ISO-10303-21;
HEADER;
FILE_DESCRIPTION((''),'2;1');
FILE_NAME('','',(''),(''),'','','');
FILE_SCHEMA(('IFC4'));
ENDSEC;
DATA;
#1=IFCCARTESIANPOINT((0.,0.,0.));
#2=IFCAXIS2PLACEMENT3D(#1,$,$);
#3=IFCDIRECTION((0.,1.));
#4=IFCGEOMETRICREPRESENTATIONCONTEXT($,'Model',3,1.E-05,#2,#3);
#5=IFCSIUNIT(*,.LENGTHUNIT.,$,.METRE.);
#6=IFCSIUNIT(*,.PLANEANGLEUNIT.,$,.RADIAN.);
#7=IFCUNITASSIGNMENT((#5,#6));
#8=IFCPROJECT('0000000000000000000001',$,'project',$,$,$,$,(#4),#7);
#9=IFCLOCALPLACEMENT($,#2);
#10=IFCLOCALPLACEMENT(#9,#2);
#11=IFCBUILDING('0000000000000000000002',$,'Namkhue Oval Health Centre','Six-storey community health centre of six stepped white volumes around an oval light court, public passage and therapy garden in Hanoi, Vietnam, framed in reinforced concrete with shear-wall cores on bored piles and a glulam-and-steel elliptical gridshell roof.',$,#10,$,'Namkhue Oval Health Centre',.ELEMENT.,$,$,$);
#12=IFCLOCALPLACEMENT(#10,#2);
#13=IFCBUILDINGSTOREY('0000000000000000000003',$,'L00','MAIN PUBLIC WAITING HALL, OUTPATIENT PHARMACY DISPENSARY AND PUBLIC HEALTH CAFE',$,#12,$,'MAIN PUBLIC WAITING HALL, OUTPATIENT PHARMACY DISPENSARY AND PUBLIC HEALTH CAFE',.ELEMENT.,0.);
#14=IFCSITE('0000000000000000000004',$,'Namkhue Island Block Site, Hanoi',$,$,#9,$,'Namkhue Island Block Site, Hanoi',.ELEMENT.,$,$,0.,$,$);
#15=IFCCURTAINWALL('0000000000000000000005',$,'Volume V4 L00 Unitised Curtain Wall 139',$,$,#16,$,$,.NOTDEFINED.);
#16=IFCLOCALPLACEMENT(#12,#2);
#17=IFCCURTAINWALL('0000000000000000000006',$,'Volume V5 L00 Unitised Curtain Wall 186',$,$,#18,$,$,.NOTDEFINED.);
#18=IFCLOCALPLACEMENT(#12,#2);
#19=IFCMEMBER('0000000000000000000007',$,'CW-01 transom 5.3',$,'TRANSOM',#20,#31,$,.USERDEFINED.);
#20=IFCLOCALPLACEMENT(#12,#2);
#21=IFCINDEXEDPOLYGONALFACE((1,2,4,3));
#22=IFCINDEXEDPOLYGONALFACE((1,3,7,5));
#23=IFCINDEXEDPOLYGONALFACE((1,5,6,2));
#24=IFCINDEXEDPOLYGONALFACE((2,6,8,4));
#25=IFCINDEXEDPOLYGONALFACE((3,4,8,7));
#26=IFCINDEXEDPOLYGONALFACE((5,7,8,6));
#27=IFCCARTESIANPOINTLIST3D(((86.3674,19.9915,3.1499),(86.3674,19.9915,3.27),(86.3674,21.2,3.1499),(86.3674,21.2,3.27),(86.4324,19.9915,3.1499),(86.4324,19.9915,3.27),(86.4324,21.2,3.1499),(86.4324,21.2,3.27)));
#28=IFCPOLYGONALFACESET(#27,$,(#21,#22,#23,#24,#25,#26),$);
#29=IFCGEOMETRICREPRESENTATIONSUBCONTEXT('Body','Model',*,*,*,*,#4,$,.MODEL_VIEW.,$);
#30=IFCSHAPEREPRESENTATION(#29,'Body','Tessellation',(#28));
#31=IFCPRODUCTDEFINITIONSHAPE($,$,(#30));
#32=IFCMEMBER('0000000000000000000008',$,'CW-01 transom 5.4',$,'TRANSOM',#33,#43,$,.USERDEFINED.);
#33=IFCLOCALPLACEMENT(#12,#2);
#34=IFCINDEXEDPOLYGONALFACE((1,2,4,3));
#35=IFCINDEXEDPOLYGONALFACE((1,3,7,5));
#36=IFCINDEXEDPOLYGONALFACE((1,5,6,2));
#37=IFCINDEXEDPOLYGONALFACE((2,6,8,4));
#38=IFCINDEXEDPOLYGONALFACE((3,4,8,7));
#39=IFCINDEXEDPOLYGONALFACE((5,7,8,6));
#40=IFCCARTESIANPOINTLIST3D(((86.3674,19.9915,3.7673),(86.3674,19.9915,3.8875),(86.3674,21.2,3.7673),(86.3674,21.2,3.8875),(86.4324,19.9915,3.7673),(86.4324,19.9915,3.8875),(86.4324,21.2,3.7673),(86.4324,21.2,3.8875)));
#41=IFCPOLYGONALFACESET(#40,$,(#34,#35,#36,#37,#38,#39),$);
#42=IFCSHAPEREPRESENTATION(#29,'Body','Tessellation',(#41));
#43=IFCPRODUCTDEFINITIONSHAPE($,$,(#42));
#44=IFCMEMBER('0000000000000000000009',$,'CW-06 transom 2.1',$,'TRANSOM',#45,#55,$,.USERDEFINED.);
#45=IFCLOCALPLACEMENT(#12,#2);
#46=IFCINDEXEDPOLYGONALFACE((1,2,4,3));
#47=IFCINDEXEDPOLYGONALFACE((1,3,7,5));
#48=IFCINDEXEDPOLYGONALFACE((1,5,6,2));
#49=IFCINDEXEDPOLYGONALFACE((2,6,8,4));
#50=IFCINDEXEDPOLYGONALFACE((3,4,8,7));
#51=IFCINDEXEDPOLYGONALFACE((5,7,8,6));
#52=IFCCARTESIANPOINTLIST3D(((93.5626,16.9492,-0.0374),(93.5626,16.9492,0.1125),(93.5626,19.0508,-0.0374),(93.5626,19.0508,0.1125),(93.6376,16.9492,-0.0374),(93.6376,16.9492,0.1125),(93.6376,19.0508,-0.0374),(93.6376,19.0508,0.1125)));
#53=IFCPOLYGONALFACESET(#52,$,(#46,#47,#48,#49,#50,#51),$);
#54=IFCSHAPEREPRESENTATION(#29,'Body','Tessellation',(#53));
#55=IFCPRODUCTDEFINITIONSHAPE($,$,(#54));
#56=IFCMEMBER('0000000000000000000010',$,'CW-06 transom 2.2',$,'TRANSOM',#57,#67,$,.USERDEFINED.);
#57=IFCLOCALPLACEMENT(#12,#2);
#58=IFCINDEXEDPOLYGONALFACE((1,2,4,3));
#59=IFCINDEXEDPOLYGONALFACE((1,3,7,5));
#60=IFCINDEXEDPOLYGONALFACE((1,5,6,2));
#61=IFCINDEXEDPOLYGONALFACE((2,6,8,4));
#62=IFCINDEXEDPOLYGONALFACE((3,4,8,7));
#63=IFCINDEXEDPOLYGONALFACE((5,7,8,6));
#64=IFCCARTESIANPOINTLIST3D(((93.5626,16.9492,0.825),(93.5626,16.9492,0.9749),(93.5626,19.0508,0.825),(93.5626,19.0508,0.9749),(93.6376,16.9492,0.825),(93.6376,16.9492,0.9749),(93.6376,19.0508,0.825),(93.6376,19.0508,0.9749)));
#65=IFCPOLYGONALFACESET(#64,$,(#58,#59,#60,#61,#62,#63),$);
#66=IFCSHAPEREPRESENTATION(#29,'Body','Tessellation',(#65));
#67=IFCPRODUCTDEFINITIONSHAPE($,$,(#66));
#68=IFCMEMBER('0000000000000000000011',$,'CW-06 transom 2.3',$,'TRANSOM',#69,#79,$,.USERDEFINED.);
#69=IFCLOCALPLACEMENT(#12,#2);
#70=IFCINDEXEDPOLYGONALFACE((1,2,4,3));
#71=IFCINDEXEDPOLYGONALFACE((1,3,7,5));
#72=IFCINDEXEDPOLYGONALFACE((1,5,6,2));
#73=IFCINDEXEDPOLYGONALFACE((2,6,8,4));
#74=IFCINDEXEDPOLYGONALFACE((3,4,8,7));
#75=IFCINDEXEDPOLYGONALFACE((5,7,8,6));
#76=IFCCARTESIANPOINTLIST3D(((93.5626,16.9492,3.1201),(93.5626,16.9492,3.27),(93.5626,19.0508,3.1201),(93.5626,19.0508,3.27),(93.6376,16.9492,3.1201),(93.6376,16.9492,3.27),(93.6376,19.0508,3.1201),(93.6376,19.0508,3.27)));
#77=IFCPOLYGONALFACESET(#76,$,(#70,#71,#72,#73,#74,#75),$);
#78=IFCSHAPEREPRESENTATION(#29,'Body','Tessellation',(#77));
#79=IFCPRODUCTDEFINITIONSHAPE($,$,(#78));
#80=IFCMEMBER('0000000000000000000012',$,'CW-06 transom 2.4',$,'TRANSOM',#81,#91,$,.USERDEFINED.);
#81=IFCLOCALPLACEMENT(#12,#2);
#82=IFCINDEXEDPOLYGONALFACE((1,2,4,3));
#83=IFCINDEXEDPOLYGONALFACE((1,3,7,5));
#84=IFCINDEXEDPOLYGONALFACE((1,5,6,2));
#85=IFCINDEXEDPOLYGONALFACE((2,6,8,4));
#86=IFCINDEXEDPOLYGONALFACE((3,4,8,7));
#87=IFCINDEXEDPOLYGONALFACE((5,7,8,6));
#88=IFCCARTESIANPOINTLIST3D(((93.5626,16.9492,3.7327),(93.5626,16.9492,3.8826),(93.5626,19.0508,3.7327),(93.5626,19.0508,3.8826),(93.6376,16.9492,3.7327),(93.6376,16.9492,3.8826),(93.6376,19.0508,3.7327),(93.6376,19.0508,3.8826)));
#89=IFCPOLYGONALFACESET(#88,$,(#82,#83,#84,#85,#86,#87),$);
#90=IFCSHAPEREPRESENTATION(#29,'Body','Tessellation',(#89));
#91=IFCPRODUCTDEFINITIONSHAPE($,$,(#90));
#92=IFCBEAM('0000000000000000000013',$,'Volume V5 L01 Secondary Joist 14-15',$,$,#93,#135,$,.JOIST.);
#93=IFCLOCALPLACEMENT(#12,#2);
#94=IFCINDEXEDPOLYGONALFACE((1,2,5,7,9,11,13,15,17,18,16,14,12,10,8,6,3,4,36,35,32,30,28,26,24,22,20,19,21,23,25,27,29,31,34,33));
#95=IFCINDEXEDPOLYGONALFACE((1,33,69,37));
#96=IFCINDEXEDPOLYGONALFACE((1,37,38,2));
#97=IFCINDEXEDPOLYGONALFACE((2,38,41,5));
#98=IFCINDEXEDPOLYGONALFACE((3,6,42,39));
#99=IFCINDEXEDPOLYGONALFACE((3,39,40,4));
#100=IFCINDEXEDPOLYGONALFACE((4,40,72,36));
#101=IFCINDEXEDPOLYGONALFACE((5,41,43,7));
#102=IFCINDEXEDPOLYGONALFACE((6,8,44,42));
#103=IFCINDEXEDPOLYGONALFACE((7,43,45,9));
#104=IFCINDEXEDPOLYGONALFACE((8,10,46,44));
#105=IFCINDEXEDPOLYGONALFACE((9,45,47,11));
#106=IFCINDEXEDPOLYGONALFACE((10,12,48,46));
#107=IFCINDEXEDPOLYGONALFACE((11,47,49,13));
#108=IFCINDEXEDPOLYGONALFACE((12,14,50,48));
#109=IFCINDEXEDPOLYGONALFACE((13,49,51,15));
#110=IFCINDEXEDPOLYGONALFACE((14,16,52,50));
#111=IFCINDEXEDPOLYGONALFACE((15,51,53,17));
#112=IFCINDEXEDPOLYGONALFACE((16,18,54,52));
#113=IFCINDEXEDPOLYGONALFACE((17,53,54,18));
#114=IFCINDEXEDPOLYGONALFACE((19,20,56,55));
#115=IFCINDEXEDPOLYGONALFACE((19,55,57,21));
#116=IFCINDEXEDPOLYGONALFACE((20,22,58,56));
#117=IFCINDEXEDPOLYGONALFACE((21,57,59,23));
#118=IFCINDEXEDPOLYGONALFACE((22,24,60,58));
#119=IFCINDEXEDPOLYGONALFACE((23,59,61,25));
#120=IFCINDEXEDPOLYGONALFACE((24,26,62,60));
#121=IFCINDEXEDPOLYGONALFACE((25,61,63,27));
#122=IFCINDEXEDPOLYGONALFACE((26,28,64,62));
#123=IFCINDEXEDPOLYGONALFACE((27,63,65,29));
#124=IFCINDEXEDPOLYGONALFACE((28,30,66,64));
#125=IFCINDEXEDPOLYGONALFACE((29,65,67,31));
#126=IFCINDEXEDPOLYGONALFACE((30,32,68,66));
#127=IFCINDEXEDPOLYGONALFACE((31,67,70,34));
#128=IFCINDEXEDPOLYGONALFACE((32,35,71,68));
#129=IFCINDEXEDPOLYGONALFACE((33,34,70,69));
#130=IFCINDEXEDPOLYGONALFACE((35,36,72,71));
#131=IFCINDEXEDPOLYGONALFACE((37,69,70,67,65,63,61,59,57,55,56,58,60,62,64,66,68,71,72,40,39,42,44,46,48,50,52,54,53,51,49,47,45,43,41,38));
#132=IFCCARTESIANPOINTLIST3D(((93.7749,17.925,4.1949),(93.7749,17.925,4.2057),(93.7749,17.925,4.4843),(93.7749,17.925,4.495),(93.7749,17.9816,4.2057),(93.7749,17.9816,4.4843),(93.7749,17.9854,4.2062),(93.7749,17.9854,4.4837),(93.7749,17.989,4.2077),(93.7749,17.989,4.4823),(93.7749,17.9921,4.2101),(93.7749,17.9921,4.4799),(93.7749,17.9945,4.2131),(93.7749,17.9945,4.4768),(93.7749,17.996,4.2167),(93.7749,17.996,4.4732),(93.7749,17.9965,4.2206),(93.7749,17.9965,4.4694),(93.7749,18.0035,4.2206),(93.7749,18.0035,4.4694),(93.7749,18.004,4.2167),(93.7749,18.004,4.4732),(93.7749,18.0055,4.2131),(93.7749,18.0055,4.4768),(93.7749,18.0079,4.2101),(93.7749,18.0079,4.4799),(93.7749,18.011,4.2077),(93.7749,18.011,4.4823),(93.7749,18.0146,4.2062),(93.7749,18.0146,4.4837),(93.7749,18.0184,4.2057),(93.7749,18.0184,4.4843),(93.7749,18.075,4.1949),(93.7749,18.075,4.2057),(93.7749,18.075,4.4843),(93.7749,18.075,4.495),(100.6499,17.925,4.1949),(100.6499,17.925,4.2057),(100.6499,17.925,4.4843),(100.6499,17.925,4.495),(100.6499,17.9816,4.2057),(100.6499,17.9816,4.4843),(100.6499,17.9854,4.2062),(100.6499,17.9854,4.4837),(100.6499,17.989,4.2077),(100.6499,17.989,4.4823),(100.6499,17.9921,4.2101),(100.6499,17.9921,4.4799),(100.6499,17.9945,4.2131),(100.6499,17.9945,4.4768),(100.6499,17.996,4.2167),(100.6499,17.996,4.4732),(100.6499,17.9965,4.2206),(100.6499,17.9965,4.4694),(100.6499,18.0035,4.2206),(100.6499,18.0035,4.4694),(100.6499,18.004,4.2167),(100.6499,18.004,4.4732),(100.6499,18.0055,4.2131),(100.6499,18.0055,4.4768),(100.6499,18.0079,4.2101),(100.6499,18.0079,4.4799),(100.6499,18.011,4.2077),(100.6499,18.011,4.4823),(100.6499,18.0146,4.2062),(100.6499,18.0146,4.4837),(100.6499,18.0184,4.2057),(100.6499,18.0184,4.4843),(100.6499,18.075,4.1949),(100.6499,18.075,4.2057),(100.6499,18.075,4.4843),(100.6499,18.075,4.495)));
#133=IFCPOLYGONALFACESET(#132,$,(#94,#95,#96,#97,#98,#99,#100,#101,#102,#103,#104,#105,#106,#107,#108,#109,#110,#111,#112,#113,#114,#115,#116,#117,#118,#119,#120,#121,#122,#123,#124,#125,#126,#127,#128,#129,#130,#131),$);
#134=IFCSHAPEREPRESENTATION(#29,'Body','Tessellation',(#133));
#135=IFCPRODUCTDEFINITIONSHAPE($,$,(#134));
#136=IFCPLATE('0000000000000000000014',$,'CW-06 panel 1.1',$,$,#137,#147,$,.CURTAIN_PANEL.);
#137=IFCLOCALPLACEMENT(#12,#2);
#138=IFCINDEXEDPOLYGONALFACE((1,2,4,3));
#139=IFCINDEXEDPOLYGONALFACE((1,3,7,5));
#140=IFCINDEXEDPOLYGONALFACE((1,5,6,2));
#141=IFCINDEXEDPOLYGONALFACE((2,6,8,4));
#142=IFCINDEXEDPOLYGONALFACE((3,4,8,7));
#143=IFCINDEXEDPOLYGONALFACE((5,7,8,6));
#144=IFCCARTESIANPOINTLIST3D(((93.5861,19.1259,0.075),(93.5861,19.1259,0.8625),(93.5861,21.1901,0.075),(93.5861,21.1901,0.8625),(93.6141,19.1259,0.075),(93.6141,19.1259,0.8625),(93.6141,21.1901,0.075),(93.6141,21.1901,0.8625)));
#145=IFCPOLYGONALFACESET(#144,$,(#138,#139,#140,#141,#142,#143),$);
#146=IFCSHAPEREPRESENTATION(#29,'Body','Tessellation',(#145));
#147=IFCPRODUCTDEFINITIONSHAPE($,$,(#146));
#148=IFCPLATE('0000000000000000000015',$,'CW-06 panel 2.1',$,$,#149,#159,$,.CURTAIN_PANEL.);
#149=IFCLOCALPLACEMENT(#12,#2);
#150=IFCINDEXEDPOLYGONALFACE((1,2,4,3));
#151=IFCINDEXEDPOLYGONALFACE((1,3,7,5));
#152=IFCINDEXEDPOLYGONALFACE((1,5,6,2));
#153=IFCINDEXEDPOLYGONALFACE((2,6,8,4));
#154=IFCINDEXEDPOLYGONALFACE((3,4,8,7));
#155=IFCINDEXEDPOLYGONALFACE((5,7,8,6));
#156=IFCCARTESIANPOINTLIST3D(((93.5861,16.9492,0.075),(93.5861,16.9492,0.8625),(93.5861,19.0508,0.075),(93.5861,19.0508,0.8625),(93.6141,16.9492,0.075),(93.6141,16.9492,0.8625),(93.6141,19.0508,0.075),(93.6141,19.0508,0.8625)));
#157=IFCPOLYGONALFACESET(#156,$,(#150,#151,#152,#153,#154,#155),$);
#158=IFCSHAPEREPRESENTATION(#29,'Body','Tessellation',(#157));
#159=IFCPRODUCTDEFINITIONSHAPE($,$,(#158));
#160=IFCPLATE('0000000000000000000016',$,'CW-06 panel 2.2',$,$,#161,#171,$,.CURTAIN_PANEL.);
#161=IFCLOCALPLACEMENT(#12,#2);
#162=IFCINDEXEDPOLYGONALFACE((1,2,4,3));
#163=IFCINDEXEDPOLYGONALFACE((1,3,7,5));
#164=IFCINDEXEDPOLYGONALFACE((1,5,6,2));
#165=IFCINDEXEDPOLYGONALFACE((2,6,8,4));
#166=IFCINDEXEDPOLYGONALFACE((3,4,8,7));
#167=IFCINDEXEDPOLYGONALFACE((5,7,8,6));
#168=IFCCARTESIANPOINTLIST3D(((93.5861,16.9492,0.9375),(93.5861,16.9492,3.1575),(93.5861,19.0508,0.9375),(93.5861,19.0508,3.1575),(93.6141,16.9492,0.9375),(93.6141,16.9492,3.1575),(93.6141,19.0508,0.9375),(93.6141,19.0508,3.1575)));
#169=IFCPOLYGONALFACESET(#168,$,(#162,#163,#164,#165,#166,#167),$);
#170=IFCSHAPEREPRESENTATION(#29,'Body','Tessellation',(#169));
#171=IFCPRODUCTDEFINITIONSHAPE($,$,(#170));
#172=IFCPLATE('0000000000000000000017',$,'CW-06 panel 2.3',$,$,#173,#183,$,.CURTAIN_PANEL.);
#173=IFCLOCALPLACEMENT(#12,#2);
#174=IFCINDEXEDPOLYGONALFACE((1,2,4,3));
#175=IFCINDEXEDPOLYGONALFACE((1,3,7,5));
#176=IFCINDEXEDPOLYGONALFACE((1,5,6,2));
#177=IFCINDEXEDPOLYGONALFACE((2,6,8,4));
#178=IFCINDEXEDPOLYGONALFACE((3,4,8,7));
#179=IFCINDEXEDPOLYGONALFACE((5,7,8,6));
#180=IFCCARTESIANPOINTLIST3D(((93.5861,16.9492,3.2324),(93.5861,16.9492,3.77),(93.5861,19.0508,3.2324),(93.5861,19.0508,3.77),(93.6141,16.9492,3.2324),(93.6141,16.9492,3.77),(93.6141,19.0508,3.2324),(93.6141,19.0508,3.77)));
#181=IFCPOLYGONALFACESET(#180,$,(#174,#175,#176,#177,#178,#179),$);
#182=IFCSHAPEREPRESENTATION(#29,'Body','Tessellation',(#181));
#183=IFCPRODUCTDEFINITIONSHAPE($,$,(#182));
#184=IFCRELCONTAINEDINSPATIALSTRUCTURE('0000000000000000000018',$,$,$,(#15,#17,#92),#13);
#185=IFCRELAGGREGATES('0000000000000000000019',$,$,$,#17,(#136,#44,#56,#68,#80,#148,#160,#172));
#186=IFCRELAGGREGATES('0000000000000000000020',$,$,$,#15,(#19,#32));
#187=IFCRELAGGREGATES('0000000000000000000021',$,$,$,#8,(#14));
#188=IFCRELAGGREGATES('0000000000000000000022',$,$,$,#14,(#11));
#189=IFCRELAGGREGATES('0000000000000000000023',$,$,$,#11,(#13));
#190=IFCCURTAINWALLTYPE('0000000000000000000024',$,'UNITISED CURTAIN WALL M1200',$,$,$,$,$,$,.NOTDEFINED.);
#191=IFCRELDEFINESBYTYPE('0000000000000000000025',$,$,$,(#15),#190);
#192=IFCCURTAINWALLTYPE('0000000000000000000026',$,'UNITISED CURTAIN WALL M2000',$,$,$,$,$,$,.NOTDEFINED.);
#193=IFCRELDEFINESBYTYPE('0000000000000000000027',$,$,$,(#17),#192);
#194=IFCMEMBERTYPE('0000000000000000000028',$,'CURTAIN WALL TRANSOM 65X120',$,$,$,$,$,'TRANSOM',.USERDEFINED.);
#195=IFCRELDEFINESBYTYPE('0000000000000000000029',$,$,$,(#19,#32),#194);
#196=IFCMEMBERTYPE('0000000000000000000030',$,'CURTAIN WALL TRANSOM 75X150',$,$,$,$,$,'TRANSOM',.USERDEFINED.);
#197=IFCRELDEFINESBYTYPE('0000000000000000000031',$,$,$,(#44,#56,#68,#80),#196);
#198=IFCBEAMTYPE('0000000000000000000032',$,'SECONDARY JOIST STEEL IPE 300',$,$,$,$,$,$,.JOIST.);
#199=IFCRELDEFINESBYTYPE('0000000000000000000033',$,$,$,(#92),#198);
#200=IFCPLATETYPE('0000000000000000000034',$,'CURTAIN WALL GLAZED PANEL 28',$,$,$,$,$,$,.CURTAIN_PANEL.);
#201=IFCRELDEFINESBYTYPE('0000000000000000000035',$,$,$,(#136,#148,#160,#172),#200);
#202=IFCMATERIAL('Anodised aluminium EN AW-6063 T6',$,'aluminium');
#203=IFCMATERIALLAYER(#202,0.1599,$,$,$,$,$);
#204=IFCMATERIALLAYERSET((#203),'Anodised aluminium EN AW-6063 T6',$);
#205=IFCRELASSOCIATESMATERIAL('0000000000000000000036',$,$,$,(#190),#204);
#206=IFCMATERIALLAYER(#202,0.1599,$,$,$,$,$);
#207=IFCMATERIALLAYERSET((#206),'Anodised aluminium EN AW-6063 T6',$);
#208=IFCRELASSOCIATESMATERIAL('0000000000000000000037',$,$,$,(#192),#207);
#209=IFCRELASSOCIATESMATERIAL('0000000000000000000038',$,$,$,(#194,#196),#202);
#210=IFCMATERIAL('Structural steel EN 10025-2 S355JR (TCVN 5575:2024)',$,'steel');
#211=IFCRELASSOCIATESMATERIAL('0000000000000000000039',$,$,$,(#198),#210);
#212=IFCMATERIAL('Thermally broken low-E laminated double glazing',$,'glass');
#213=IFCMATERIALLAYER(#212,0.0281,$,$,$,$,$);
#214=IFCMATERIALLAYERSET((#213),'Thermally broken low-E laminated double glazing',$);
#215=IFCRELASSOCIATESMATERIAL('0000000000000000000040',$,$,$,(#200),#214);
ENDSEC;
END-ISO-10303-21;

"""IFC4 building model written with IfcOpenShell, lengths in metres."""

from ifc_helpers import new_model, si_unit, direction, frame, origin, origin_2d, place, context, subcontext, project, spatial, rectangle, i_section, extrude, material, layer, layer_set, material_profile, profile_set, type_object, element, aggregate, save


model = new_model("IFC4")

# Units and contexts
model_context = context("Model", 3, precision=1e-05, world=origin(), true_north=direction((0.0, 1.0)))
body_context = subcontext(model_context, "Body", "Model", "MODEL_VIEW")
ifc_project = project(units=[si_unit("LENGTHUNIT", "METRE"), si_unit("PLANEANGLEUNIT", "RADIAN")], contexts=[model_context])

# Site, building, storey
site_placement = place(None, origin())
site = spatial("IfcSite", under=ifc_project, at=site_placement, Name="Namkhue Island Block Site, Hanoi", LongName="Namkhue Island Block Site, Hanoi", CompositionType="ELEMENT", RefElevation=0.0)
building_placement = place(site_placement, origin())
building = spatial("IfcBuilding", under=site, at=building_placement, Name="Namkhue Oval Health Centre", Description="Six-storey community health centre of six stepped white volumes around an oval light court, public passage and therapy garden in Hanoi, Vietnam, framed in reinforced concrete with shear-wall cores on bored piles and a glulam-and-steel elliptical gridshell roof.", LongName="Namkhue Oval Health Centre", CompositionType="ELEMENT")
storey_placement = place(building_placement, origin())
storey = spatial("IfcBuildingStorey", under=building, at=storey_placement, Name="L00", Description="MAIN PUBLIC WAITING HALL, OUTPATIENT PHARMACY DISPENSARY AND PUBLIC HEALTH CAFE", LongName="MAIN PUBLIC WAITING HALL, OUTPATIENT PHARMACY DISPENSARY AND PUBLIC HEALTH CAFE", CompositionType="ELEMENT", Elevation=0.0)

# Curtain wall
ifc_material_1 = material(Name="Anodised aluminium EN AW-6063 T6", Category="aluminium")
ifc_layer_1 = layer(ifc_material_1, 0.1599)
ifc_layer_set_1 = layer_set([ifc_layer_1], Name="Anodised aluminium EN AW-6063 T6")
curtain_wall_type_1 = type_object("IfcCurtainWallType", Name="UNITISED CURTAIN WALL M1200", PredefinedType="NOTDEFINED", material=ifc_layer_set_1)
curtain_wall_1_placement = place(storey_placement, origin())
curtain_wall_1 = element("IfcCurtainWall", 1, at=curtain_wall_1_placement, inside=storey, type_object=curtain_wall_type_1, Name="Volume V4 L00 Unitised Curtain Wall 139", PredefinedType="NOTDEFINED")

# Curtain wall
ifc_layer_2 = layer(ifc_material_1, 0.1599)
ifc_layer_set_2 = layer_set([ifc_layer_2], Name="Anodised aluminium EN AW-6063 T6")
curtain_wall_type_2 = type_object("IfcCurtainWallType", Name="UNITISED CURTAIN WALL M2000", PredefinedType="NOTDEFINED", material=ifc_layer_set_2)
curtain_wall_2_placement = place(storey_placement, origin())
curtain_wall_2 = element("IfcCurtainWall", 2, at=curtain_wall_2_placement, inside=storey, type_object=curtain_wall_type_2, Name="Volume V5 L00 Unitised Curtain Wall 186", PredefinedType="NOTDEFINED")

# Members
ifc_material_profile_1 = material_profile(ifc_material_1, rectangle(XDim=0.0649, YDim=0.1201, at=origin_2d()), Name="ALU 65x120")
ifc_profile_set_1 = profile_set([ifc_material_profile_1], Name="Anodised aluminium EN AW-6063 T6")
member_type_1 = type_object("IfcMemberType", Name="CURTAIN WALL TRANSOM 65X120", ElementType="TRANSOM", PredefinedType="USERDEFINED", material=ifc_profile_set_1)
member_1_placement = place(storey_placement, frame((86.3999, 19.9915, 3.21), z_axis=(0.0, 1.0, 0.0), x_axis=(-1.0, 0.0, 0.0)))
member_1 = element("IfcMember", 3, at=member_1_placement, type_object=member_type_1, Name="CW-01 transom 5.3", ObjectType="TRANSOM", PredefinedType="USERDEFINED", context=body_context, shape_type="SweptSolid", body=[
    extrude(rectangle(XDim=0.0649, YDim=0.1201, at=origin_2d()), origin(), (0.0, 0.0, 1.0), 1.2085),
])
member_2_placement = place(storey_placement, frame((86.3999, 19.9915, 3.8274), z_axis=(0.0, 1.0, 0.0), x_axis=(-1.0, 0.0, 0.0)))
member_2 = element("IfcMember", 4, at=member_2_placement, type_object=member_type_1, Name="CW-01 transom 5.4", ObjectType="TRANSOM", PredefinedType="USERDEFINED", context=body_context, shape_type="SweptSolid", body=[
    extrude(rectangle(XDim=0.0649, YDim=0.1201, at=origin_2d()), origin(), (0.0, 0.0, 1.0), 1.2085),
])
ifc_material_profile_2 = material_profile(ifc_material_1, rectangle(XDim=0.075, YDim=0.1499, at=origin_2d()), Name="ALU 75x150")
ifc_profile_set_2 = profile_set([ifc_material_profile_2], Name="Anodised aluminium EN AW-6063 T6")
member_type_2 = type_object("IfcMemberType", Name="CURTAIN WALL TRANSOM 75X150", ElementType="TRANSOM", PredefinedType="USERDEFINED", material=ifc_profile_set_2)
member_3_placement = place(storey_placement, frame((93.6001, 19.0508, 0.0376), z_axis=(0.0, -1.0, 0.0), x_axis=(1.0, 0.0, 0.0)))
member_3 = element("IfcMember", 5, at=member_3_placement, type_object=member_type_2, Name="CW-06 transom 2.1", ObjectType="TRANSOM", PredefinedType="USERDEFINED", context=body_context, shape_type="SweptSolid", body=[
    extrude(rectangle(XDim=0.075, YDim=0.1499, at=origin_2d()), origin(), (0.0, 0.0, 1.0), 2.1016),
])
member_4_placement = place(storey_placement, frame((93.6001, 19.0508, 0.8999), z_axis=(0.0, -1.0, 0.0), x_axis=(1.0, 0.0, 0.0)))
member_4 = element("IfcMember", 6, at=member_4_placement, type_object=member_type_2, Name="CW-06 transom 2.2", ObjectType="TRANSOM", PredefinedType="USERDEFINED", context=body_context, shape_type="SweptSolid", body=[
    extrude(rectangle(XDim=0.075, YDim=0.1499, at=origin_2d()), origin(), (0.0, 0.0, 1.0), 2.1016),
])
member_5_placement = place(storey_placement, frame((93.6001, 19.0508, 3.1951), z_axis=(0.0, -1.0, 0.0), x_axis=(1.0, 0.0, 0.0)))
member_5 = element("IfcMember", 7, at=member_5_placement, type_object=member_type_2, Name="CW-06 transom 2.3", ObjectType="TRANSOM", PredefinedType="USERDEFINED", context=body_context, shape_type="SweptSolid", body=[
    extrude(rectangle(XDim=0.075, YDim=0.1499, at=origin_2d()), origin(), (0.0, 0.0, 1.0), 2.1016),
])
member_6_placement = place(storey_placement, frame((93.6001, 19.0508, 3.8076), z_axis=(0.0, -1.0, 0.0), x_axis=(1.0, 0.0, 0.0)))
member_6 = element("IfcMember", 8, at=member_6_placement, type_object=member_type_2, Name="CW-06 transom 2.4", ObjectType="TRANSOM", PredefinedType="USERDEFINED", context=body_context, shape_type="SweptSolid", body=[
    extrude(rectangle(XDim=0.075, YDim=0.1499, at=origin_2d()), origin(), (0.0, 0.0, 1.0), 2.1016),
])

# Beam
ifc_material_2 = material(Name="Structural steel EN 10025-2 S355JR (TCVN 5575:2024)", Category="steel")
ifc_material_profile_3 = material_profile(ifc_material_2, i_section(OverallWidth=0.1499, OverallDepth=0.3, WebThickness=0.0071, FlangeThickness=0.0107, FilletRadius=0.0149, at=origin_2d()), Name="IPE 300")
ifc_profile_set_3 = profile_set([ifc_material_profile_3], Name="Structural steel EN 10025-2 S355JR (TCVN 5575:2024)")
beam_type = type_object("IfcBeamType", Name="SECONDARY JOIST STEEL IPE 300", PredefinedType="JOIST", material=ifc_profile_set_3)
beam_placement = place(storey_placement, frame((93.7749, 18.0, 4.345), z_axis=(1.0, 0.0, 0.0), x_axis=(0.0, 1.0, 0.0)))
element("IfcBeam", 9, at=beam_placement, inside=storey, type_object=beam_type, Name="Volume V5 L01 Secondary Joist 14-15", PredefinedType="JOIST", context=body_context, shape_type="SweptSolid", body=[
    extrude(i_section(OverallWidth=0.1499, OverallDepth=0.3, WebThickness=0.0071, FlangeThickness=0.0107, FilletRadius=0.0149, at=origin_2d()), origin(), (0.0, 0.0, 1.0), 6.875),
])

# Plates
ifc_material_3 = material(Name="Thermally broken low-E laminated double glazing", Category="glass")
ifc_layer_3 = layer(ifc_material_3, 0.0281)
ifc_layer_set_3 = layer_set([ifc_layer_3], Name="Thermally broken low-E laminated double glazing")
plate_type_1 = type_object("IfcPlateType", Name="CURTAIN WALL GLAZED PANEL 28", PredefinedType="CURTAIN_PANEL", material=ifc_layer_set_3)
plate_1_placement = place(storey_placement, frame((93.6001, 20.158, 0.075), z_axis=(0.0, 0.0, 1.0), x_axis=(0.0, -1.0, 0.0)))
plate_1 = element("IfcPlate", 10, at=plate_1_placement, type_object=plate_type_1, Name="CW-06 panel 1.1", PredefinedType="CURTAIN_PANEL", context=body_context, shape_type="SweptSolid", body=[
    extrude(rectangle(XDim=2.0642, YDim=0.0281, at=origin_2d()), origin(), (0.0, 0.0, 1.0), 0.7876),
])
plate_2_placement = place(storey_placement, frame((93.6001, 18.0, 0.075), z_axis=(0.0, 0.0, 1.0), x_axis=(0.0, -1.0, 0.0)))
plate_2 = element("IfcPlate", 11, at=plate_2_placement, type_object=plate_type_1, Name="CW-06 panel 2.1", PredefinedType="CURTAIN_PANEL", context=body_context, shape_type="SweptSolid", body=[
    extrude(rectangle(XDim=2.1016, YDim=0.0281, at=origin_2d()), origin(), (0.0, 0.0, 1.0), 0.7876),
])
plate_3_placement = place(storey_placement, frame((93.6001, 18.0, 0.9375), z_axis=(0.0, 0.0, 1.0), x_axis=(0.0, -1.0, 0.0)))
plate_3 = element("IfcPlate", 12, at=plate_3_placement, type_object=plate_type_1, Name="CW-06 panel 2.2", PredefinedType="CURTAIN_PANEL", context=body_context, shape_type="SweptSolid", body=[
    extrude(rectangle(XDim=2.1016, YDim=0.0281, at=origin_2d()), origin(), (0.0, 0.0, 1.0), 2.22),
])
plate_4_placement = place(storey_placement, frame((93.6001, 18.0, 3.2324), z_axis=(0.0, 0.0, 1.0), x_axis=(0.0, -1.0, 0.0)))
plate_4 = element("IfcPlate", 13, at=plate_4_placement, type_object=plate_type_1, Name="CW-06 panel 2.3", PredefinedType="CURTAIN_PANEL", context=body_context, shape_type="SweptSolid", body=[
    extrude(rectangle(XDim=2.1016, YDim=0.0281, at=origin_2d()), origin(), (0.0, 0.0, 1.0), 0.5376),
])
aggregate(curtain_wall_2, [plate_1, member_3, member_4, member_5, member_6, plate_2, plate_3, plate_4])
aggregate(curtain_wall_1, [member_1, member_2])

save(model, "model.ifc")
